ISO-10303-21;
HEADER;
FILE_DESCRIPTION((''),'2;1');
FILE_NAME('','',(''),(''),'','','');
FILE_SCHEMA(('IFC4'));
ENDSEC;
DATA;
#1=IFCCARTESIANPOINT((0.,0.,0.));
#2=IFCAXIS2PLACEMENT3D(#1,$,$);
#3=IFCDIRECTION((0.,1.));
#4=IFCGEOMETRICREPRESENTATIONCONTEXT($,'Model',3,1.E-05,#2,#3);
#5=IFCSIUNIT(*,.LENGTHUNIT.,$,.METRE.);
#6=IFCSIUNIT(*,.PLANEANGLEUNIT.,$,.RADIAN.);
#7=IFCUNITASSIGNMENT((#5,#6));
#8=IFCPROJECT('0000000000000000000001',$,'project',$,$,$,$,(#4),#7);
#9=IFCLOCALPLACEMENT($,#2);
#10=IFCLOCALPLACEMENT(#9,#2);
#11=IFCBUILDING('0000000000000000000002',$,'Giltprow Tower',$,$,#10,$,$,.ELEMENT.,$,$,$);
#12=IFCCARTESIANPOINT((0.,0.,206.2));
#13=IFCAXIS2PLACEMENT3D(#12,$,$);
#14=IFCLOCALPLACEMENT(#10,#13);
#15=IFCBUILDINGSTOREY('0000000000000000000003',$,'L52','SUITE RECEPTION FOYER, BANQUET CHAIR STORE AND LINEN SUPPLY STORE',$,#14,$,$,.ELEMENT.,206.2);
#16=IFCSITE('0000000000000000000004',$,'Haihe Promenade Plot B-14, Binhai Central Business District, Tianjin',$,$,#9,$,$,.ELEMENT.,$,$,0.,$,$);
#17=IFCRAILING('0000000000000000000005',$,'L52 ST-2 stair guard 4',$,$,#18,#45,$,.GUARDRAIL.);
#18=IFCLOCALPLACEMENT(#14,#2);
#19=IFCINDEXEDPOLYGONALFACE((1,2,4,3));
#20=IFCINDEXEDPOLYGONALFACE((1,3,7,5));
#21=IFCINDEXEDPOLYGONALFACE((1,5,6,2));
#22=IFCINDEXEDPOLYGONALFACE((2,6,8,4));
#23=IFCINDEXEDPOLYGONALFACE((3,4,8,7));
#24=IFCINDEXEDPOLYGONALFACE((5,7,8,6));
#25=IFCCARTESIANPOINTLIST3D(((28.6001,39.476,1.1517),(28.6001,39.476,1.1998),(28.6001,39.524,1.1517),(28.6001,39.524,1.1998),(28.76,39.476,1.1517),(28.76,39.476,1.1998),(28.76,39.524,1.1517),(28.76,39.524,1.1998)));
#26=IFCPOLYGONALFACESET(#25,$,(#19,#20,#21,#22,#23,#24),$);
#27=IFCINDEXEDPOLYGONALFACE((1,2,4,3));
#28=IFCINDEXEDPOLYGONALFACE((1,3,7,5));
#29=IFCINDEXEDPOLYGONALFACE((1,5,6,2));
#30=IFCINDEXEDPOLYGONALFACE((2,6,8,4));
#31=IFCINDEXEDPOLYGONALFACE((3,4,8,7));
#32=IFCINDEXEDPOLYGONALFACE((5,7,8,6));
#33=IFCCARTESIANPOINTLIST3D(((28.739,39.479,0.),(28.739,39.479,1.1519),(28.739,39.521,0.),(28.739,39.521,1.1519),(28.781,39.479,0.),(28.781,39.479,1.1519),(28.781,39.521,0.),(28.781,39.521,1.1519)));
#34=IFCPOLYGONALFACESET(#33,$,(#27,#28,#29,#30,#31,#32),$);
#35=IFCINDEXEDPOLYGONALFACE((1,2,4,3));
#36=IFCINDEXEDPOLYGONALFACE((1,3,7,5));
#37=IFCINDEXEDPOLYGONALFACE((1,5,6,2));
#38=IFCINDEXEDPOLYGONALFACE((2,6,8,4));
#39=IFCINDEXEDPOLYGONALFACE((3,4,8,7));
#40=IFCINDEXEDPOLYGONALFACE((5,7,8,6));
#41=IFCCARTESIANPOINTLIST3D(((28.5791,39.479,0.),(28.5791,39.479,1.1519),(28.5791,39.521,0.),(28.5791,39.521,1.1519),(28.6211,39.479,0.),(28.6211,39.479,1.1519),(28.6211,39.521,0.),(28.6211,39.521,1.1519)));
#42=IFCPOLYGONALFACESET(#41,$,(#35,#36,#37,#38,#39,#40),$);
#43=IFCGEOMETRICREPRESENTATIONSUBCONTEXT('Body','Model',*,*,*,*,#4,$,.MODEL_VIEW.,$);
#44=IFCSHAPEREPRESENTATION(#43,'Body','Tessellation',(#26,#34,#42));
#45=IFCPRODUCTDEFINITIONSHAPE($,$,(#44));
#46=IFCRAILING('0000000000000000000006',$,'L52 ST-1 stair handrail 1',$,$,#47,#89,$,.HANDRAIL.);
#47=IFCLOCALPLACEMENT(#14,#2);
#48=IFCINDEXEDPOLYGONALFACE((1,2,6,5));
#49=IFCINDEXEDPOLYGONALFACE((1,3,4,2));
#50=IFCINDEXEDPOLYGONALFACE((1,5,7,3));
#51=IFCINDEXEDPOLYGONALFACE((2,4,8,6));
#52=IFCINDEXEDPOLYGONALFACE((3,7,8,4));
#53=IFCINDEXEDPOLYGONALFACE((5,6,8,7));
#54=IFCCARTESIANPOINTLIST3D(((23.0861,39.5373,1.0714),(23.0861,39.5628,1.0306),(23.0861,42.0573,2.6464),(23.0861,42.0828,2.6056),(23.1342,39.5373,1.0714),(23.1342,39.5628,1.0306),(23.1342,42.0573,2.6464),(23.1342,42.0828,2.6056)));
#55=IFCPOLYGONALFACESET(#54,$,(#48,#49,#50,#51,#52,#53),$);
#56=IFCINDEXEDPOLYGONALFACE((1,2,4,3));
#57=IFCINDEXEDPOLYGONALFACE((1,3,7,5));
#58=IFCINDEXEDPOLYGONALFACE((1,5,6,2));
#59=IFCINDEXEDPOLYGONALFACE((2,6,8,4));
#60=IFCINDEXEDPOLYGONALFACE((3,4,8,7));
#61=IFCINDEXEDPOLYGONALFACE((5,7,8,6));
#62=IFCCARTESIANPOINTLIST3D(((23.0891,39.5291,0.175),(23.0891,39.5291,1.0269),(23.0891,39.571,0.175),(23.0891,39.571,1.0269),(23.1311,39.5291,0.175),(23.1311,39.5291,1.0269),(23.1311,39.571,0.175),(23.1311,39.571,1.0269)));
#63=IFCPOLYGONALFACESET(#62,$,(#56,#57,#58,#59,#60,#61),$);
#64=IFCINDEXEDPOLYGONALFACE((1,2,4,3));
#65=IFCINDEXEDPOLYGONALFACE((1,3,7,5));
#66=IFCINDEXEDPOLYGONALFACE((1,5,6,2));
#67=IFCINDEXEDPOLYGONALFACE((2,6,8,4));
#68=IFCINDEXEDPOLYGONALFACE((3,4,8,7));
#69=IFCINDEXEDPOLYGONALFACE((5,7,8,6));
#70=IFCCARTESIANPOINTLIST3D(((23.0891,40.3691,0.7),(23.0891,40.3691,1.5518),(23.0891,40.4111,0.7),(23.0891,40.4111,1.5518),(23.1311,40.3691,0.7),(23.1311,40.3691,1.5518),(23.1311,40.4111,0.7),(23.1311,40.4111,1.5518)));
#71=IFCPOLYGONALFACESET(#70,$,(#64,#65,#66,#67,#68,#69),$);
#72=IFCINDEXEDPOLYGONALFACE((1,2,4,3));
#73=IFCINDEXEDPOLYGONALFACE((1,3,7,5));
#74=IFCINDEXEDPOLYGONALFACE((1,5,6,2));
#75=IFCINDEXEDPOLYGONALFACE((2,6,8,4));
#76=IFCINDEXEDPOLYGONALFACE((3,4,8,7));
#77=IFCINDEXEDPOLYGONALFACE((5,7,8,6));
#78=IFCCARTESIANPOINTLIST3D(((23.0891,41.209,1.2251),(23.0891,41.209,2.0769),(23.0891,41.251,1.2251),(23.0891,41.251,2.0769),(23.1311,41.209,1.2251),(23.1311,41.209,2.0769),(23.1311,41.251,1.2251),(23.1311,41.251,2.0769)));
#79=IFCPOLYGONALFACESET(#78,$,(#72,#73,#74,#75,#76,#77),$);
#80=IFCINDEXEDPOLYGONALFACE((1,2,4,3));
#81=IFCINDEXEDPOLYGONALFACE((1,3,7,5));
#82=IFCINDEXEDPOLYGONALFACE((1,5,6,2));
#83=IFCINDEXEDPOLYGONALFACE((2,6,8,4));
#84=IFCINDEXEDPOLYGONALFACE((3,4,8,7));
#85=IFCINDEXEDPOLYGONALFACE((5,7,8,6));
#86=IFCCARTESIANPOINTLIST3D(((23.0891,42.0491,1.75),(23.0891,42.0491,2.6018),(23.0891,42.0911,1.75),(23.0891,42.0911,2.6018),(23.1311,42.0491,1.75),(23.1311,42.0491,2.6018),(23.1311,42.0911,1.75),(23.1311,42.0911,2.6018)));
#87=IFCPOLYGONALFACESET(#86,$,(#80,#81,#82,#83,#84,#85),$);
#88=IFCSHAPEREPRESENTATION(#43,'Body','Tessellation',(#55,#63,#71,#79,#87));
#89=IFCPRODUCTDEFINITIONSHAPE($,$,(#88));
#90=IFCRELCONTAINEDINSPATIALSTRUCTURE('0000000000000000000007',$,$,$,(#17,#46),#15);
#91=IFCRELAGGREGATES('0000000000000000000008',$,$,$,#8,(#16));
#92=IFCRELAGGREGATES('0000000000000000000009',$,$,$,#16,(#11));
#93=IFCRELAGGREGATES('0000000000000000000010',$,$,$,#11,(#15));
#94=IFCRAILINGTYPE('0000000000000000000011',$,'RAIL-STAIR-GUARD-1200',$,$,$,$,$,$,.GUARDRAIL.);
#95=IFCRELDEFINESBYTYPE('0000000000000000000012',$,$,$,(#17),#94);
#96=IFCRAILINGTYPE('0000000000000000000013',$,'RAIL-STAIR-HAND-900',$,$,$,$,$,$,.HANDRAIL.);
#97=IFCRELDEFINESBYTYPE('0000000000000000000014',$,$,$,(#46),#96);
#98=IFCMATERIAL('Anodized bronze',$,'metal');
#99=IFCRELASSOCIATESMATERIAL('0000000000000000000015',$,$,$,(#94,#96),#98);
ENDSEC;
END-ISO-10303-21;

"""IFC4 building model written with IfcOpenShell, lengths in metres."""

from ifc_helpers import new_model, si_unit, direction, frame, origin, origin_2d, place, context, subcontext, project, spatial, rectangle, extrude, material, type_object, element, save


model = new_model("IFC4")

# Units and contexts
model_context = context("Model", 3, precision=1e-05, world=origin(), true_north=direction((0.0, 1.0)))
body_context = subcontext(model_context, "Body", "Model", "MODEL_VIEW")
ifc_project = project(units=[si_unit("LENGTHUNIT", "METRE"), si_unit("PLANEANGLEUNIT", "RADIAN")], contexts=[model_context])

# Site, building, storey
site_placement = place(None, origin())
site = spatial("IfcSite", under=ifc_project, at=site_placement, Name="Haihe Promenade Plot B-14, Binhai Central Business District, Tianjin", CompositionType="ELEMENT", RefElevation=0.0)
building_placement = place(site_placement, origin())
building = spatial("IfcBuilding", under=site, at=building_placement, Name="Giltprow Tower", CompositionType="ELEMENT")
storey_placement = place(building_placement, frame((0.0, 0.0, 206.2)))
storey = spatial("IfcBuildingStorey", under=building, at=storey_placement, Name="L52", Description="SUITE RECEPTION FOYER, BANQUET CHAIR STORE AND LINEN SUPPLY STORE", CompositionType="ELEMENT", Elevation=206.2)

# Railings
ifc_material_1 = material(Name="Anodized bronze", Category="metal")
railing_type_1 = type_object("IfcRailingType", Name="RAIL-STAIR-GUARD-1200", PredefinedType="GUARDRAIL", material=ifc_material_1)
railing_1_placement = place(storey_placement, frame((28.76, 39.5, 0.0)))
element("IfcRailing", 1, at=railing_1_placement, inside=storey, type_object=railing_type_1, Name="L52 ST-2 stair guard 4", PredefinedType="GUARDRAIL", context=body_context, shape_type="SweptSolid", body=[
    extrude(rectangle(XDim=0.0481, YDim=0.0481, at=origin_2d()), frame((0.0, 0.0, 1.1758), z_axis=(-1.0, 0.0, 0.0), x_axis=(0.0, -1.0, 0.0)), (0.0, 0.0, 1.0), 0.1599),
    extrude(rectangle(XDim=0.042, YDim=0.042, at=origin_2d()), origin(), (0.0, 0.0, 1.0), 1.1519),
    extrude(rectangle(XDim=0.042, YDim=0.042, at=origin_2d()), frame((-0.1599, 0.0, 0.0)), (0.0, 0.0, 1.0), 1.1519),
])
railing_type_2 = type_object("IfcRailingType", Name="RAIL-STAIR-HAND-900", PredefinedType="HANDRAIL", material=ifc_material_1)
railing_2_placement = place(storey_placement, frame((23.1101, 39.55, 0.175)))
element("IfcRailing", 2, at=railing_2_placement, inside=storey, type_object=railing_type_2, Name="L52 ST-1 stair handrail 1", PredefinedType="HANDRAIL", context=body_context, shape_type="SweptSolid", body=[
    extrude(rectangle(XDim=0.0481, YDim=0.0481, at=origin_2d()), frame((0.0, 0.0, 0.876), z_axis=(0.0, 0.848008, 0.529984), x_axis=(-1.0, 0.0, 0.0)), (0.0, 0.0, 1.0), 2.9717),
    extrude(rectangle(XDim=0.042, YDim=0.042, at=origin_2d()), origin(), (0.0, 0.0, 1.0), 0.8518),
    extrude(rectangle(XDim=0.042, YDim=0.042, at=origin_2d()), frame((0.0, 0.8401, 0.5249)), (0.0, 0.0, 1.0), 0.8518),
    extrude(rectangle(XDim=0.042, YDim=0.042, at=origin_2d()), frame((0.0, 1.6799, 1.05)), (0.0, 0.0, 1.0), 0.8518),
    extrude(rectangle(XDim=0.042, YDim=0.042, at=origin_2d()), frame((0.0, 2.52, 1.575)), (0.0, 0.0, 1.0), 0.8518),
])

save(model, "model.ifc")
